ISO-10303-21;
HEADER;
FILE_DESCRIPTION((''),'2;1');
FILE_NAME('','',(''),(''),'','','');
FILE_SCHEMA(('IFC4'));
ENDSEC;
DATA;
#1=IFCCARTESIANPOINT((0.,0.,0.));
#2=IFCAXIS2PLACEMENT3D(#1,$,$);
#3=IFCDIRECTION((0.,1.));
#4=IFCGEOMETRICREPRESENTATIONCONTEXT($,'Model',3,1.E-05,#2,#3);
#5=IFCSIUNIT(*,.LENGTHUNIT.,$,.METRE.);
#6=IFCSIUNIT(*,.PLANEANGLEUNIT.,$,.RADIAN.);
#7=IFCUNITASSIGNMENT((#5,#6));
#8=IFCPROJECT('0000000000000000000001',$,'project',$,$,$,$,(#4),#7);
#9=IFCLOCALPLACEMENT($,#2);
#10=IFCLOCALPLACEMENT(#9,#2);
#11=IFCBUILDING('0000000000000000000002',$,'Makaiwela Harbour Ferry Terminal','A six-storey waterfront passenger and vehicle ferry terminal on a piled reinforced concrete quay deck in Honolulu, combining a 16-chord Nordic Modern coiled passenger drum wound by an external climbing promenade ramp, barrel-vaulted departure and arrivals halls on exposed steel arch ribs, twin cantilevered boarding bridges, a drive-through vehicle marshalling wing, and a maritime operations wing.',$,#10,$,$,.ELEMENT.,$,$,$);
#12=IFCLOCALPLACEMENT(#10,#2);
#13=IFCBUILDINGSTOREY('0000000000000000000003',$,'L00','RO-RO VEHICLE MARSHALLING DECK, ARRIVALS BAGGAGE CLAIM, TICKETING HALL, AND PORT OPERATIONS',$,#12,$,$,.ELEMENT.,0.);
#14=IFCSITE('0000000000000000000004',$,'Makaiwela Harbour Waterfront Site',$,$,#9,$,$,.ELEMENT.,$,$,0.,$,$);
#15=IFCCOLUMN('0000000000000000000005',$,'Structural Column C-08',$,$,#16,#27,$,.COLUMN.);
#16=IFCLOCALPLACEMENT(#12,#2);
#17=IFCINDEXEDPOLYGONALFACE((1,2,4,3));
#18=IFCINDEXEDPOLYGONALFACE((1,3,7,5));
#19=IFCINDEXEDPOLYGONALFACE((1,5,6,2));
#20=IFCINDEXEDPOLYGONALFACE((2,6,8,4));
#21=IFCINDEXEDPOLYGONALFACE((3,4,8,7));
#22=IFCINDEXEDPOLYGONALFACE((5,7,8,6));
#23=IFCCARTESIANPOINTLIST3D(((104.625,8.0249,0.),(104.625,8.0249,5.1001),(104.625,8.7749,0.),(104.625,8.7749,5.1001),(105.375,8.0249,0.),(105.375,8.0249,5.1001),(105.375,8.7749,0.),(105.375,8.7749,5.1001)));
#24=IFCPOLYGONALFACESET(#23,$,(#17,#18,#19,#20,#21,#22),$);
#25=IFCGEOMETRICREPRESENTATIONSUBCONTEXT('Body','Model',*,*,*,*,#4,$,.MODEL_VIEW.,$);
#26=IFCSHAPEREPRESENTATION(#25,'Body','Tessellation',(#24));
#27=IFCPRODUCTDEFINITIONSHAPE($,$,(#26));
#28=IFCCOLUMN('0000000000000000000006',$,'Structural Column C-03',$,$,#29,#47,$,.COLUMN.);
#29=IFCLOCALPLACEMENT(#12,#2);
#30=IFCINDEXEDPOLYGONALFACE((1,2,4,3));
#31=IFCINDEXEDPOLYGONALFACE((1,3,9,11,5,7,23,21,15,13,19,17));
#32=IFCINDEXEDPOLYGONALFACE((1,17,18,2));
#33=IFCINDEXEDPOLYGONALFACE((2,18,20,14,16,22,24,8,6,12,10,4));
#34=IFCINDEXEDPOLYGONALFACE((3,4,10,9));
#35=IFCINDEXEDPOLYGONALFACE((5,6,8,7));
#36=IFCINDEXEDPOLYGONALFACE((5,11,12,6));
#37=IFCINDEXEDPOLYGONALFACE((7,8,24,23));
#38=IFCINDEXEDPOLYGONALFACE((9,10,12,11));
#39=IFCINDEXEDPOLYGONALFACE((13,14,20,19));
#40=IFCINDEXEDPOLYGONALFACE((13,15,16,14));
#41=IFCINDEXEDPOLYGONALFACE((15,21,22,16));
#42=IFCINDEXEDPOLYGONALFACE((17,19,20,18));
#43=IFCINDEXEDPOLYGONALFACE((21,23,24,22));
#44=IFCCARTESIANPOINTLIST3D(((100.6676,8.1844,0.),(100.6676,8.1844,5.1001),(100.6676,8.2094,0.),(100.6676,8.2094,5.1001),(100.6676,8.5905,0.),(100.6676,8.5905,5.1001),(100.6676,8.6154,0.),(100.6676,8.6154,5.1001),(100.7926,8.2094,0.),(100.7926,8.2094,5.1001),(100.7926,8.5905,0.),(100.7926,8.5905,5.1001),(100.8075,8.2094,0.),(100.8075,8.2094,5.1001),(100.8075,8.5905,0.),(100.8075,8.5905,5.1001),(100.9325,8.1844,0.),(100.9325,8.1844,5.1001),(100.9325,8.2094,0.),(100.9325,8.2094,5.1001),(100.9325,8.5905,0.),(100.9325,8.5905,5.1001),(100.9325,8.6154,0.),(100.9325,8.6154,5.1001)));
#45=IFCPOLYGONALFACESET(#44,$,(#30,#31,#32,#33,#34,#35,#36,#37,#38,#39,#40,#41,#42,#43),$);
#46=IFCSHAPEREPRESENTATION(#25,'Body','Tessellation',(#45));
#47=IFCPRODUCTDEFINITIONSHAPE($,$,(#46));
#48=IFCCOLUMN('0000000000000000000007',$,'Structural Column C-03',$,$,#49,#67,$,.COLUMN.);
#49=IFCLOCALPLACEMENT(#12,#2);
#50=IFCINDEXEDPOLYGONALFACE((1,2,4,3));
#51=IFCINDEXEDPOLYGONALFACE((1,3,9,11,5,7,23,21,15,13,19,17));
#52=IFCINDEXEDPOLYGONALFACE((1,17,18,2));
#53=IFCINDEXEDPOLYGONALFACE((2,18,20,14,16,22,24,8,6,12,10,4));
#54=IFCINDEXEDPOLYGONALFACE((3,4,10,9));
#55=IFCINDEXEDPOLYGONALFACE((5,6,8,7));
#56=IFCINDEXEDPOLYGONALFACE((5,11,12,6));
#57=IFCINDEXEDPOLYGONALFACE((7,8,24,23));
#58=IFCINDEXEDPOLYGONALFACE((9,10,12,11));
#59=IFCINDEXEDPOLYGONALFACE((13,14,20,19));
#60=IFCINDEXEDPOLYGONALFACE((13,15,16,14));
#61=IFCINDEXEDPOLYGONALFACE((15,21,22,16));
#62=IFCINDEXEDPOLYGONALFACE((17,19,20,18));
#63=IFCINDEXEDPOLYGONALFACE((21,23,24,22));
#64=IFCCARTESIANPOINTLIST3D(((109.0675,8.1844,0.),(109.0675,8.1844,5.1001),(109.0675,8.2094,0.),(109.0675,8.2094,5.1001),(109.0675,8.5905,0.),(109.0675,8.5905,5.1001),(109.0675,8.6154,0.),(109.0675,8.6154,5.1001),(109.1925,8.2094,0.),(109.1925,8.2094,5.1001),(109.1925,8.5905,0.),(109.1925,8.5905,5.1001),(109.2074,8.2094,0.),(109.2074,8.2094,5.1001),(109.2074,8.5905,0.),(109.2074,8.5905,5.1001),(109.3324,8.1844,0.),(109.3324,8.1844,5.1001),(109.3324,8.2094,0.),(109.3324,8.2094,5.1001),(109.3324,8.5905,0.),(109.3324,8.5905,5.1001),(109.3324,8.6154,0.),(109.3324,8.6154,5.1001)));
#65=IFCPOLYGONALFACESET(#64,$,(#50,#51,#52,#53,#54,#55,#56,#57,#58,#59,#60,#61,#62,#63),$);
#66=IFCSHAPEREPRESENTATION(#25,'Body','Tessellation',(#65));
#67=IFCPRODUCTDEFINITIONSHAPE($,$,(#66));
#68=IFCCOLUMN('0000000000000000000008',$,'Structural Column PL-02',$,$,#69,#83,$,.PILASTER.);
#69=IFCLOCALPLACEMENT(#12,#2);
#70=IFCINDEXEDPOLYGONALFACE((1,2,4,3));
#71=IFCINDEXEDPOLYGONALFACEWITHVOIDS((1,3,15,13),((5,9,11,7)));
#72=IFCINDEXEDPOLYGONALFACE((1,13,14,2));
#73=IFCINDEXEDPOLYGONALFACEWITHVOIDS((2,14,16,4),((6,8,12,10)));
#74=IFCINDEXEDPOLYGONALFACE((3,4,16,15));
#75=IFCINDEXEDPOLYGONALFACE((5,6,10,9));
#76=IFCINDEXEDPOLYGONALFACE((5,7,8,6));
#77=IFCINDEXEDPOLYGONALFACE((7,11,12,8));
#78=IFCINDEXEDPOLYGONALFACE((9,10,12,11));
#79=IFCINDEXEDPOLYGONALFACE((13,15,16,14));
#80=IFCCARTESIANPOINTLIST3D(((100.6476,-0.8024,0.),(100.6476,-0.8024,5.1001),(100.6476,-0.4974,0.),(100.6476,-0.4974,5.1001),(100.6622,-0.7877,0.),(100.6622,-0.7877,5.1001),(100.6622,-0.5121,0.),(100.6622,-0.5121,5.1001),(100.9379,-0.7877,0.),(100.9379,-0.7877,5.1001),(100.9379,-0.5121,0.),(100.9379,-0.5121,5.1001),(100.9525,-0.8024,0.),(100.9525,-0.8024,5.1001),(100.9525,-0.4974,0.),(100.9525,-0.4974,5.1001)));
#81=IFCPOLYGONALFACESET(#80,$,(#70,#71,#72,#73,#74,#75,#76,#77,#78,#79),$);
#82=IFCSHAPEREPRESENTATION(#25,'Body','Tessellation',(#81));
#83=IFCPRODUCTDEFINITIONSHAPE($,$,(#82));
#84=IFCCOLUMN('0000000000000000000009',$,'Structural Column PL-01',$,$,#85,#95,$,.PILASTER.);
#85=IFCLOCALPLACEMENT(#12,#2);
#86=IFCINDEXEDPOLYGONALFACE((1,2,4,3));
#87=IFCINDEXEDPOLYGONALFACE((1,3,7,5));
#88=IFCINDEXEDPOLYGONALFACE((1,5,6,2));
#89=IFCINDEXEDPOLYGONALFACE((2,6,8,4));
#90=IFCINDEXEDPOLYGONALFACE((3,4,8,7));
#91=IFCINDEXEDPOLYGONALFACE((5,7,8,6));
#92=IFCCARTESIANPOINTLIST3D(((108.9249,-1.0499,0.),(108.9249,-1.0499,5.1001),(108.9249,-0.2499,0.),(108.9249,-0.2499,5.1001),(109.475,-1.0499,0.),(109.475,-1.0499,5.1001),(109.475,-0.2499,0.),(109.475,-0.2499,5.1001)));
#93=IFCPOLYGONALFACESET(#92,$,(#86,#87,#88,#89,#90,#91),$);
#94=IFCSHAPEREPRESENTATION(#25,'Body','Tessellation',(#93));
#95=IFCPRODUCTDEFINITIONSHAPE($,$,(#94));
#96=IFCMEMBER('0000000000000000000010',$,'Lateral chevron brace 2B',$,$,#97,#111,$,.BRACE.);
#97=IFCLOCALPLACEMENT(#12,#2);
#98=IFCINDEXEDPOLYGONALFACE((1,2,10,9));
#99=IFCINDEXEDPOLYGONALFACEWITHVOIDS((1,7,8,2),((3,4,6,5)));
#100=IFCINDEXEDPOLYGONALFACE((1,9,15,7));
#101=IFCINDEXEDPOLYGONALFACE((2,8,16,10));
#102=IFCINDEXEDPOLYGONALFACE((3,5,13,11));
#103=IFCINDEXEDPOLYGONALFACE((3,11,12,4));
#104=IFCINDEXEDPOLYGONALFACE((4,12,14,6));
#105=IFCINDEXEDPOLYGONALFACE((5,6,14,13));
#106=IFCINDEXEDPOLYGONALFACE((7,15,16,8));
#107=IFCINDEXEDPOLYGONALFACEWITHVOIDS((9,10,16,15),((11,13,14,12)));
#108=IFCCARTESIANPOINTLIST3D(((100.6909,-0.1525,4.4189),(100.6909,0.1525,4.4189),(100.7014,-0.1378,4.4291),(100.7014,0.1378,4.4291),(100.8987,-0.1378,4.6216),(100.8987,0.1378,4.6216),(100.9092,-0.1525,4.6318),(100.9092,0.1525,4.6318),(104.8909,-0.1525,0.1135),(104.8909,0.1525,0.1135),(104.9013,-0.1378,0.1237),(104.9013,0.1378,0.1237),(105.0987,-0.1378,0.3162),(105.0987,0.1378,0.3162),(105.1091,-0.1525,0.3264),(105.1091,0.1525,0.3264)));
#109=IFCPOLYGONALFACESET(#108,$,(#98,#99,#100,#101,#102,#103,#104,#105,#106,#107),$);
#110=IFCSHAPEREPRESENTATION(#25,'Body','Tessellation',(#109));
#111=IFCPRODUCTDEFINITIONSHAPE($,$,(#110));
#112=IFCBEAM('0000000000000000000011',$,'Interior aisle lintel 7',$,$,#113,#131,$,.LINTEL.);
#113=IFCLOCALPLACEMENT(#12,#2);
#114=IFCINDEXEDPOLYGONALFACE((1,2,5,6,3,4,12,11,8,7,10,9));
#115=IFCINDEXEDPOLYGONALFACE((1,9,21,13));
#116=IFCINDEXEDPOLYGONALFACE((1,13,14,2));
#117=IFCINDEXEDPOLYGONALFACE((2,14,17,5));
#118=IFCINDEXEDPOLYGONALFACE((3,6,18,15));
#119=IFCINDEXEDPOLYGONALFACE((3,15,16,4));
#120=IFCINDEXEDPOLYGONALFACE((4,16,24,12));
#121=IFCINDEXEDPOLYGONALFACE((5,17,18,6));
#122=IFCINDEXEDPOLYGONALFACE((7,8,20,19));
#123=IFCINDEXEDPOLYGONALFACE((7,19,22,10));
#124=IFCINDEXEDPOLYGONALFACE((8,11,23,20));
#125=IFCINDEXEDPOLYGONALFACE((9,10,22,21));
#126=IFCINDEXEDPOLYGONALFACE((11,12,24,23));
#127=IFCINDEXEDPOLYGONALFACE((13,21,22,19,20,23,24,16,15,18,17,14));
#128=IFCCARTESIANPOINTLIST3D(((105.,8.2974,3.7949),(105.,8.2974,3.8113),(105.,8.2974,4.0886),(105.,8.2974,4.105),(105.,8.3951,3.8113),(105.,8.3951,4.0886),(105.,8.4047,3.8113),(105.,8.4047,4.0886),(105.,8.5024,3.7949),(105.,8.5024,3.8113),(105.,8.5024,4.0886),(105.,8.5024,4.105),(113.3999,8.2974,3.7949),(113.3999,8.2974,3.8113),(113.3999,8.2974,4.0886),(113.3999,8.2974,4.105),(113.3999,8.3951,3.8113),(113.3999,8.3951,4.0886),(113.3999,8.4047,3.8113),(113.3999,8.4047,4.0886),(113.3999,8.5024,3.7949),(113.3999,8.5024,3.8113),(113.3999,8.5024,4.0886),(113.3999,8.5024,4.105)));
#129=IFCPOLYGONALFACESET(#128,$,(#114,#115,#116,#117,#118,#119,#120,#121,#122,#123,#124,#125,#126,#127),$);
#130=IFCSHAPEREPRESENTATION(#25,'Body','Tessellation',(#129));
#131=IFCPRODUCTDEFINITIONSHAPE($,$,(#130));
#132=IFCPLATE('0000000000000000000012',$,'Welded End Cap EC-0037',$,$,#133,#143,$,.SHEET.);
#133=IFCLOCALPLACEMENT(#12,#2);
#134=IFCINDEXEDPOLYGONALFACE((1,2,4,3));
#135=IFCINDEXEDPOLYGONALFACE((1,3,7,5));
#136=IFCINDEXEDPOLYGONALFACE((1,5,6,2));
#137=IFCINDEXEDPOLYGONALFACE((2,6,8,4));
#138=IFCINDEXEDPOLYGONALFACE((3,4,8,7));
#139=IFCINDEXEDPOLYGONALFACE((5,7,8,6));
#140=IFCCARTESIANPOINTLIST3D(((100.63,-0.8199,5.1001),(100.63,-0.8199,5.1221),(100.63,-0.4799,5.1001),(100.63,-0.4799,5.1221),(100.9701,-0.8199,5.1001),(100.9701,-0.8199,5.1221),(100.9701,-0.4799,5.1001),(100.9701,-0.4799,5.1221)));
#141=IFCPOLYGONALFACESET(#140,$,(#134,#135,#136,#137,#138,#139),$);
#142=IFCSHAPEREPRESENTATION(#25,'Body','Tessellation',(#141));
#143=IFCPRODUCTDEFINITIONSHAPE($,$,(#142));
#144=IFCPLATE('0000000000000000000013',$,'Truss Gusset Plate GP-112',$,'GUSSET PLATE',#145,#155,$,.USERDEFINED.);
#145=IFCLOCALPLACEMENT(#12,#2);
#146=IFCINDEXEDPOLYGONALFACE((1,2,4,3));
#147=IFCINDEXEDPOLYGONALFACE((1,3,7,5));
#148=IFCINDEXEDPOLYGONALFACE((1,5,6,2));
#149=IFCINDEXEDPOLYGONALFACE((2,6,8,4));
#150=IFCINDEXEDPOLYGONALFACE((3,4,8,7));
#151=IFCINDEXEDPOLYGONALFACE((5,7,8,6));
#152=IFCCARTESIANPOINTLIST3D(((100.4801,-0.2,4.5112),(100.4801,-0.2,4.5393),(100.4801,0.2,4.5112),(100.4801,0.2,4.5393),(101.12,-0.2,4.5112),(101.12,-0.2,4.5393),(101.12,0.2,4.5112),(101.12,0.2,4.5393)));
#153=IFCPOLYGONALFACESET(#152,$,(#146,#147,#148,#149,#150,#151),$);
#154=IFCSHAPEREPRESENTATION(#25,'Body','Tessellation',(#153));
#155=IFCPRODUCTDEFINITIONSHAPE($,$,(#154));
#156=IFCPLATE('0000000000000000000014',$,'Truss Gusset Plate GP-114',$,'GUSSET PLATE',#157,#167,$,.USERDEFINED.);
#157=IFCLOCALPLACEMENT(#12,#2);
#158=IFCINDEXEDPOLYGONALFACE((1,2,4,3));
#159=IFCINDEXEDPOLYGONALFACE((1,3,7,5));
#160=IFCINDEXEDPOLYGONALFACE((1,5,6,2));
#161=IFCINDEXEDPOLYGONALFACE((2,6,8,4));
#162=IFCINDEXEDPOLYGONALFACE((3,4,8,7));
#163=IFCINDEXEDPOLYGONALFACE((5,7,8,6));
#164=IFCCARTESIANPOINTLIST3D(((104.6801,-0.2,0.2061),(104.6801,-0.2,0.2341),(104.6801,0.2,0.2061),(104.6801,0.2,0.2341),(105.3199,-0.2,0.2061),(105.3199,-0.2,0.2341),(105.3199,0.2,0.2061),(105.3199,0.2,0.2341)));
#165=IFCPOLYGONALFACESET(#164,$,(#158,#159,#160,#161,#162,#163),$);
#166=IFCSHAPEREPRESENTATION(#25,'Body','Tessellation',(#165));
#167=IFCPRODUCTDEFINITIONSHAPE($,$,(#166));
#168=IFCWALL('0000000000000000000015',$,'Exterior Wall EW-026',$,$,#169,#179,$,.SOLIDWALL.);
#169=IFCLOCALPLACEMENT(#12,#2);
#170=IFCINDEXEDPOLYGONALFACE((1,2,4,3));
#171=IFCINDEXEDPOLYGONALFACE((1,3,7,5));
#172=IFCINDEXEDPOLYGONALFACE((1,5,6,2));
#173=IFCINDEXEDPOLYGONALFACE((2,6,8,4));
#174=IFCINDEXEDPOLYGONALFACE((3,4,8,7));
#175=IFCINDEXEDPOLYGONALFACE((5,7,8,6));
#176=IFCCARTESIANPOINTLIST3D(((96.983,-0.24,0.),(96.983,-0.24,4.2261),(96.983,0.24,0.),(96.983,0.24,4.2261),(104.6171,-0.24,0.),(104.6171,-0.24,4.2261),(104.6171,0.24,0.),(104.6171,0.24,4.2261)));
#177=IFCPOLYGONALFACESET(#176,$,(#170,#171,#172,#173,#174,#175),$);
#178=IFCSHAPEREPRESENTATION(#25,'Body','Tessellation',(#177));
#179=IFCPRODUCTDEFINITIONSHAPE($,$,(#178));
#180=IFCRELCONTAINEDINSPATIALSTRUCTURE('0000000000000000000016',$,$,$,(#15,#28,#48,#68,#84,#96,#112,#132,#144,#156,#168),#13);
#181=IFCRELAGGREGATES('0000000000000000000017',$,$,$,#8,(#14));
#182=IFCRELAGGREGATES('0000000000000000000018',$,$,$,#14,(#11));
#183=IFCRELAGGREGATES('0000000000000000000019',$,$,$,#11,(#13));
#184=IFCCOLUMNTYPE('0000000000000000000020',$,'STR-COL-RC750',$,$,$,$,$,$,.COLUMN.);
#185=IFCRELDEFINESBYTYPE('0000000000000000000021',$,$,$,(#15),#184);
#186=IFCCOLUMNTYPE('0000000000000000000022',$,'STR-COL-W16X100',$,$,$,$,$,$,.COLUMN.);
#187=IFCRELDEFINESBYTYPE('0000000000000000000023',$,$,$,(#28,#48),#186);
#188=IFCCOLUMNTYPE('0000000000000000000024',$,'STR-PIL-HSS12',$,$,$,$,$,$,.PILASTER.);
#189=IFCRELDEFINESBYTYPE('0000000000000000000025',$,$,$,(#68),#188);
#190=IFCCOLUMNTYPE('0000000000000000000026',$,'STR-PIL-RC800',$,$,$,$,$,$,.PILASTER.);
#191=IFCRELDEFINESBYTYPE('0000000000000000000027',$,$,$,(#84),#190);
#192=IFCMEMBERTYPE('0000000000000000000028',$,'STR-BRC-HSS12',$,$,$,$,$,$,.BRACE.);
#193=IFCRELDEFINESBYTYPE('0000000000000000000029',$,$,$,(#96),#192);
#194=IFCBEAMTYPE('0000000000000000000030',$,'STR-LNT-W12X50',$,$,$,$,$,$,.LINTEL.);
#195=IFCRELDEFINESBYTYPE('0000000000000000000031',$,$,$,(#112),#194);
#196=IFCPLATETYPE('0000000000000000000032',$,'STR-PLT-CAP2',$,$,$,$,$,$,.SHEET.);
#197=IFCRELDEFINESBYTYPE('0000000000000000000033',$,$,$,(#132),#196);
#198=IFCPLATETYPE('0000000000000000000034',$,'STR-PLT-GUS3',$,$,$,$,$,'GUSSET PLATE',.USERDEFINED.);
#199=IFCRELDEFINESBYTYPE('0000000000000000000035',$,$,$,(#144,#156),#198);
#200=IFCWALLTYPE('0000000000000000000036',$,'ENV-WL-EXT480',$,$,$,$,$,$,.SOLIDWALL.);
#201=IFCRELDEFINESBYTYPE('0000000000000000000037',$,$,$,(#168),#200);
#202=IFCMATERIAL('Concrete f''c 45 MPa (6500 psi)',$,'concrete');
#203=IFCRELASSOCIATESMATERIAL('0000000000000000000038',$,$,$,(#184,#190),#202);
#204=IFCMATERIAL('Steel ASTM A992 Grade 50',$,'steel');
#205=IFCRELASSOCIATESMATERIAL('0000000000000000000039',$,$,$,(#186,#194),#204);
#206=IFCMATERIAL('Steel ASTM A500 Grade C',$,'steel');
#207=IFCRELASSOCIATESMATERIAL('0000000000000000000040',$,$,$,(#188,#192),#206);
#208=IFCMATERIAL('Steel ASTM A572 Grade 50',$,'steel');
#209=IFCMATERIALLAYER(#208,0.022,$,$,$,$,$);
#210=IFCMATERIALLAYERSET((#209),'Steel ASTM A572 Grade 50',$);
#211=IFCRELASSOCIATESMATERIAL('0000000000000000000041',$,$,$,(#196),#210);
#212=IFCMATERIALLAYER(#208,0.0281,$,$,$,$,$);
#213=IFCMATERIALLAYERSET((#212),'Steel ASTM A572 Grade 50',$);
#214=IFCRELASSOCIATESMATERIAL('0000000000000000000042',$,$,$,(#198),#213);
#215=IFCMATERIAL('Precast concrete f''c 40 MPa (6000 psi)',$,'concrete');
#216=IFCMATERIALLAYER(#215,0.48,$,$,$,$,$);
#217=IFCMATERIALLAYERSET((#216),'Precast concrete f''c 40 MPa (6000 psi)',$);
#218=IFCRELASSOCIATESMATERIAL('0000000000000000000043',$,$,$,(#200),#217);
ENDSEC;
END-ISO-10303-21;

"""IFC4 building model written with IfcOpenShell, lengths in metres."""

from ifc_helpers import new_model, si_unit, direction, frame, frame_2d, origin, origin_2d, place, context, subcontext, project, spatial, rectangle, hollow_rectangle, i_section, extrude, material, layer, layer_set, material_profile, profile_set, type_object, element, save


model = new_model("IFC4")

# Units and contexts
model_context = context("Model", 3, precision=1e-05, world=origin(), true_north=direction((0.0, 1.0)))
body_context = subcontext(model_context, "Body", "Model", "MODEL_VIEW")
ifc_project = project(units=[si_unit("LENGTHUNIT", "METRE"), si_unit("PLANEANGLEUNIT", "RADIAN")], contexts=[model_context])

# Site, building, storey
site_placement = place(None, origin())
site = spatial("IfcSite", under=ifc_project, at=site_placement, Name="Makaiwela Harbour Waterfront Site", CompositionType="ELEMENT", RefElevation=0.0)
building_placement = place(site_placement, origin())
building = spatial("IfcBuilding", under=site, at=building_placement, Name="Makaiwela Harbour Ferry Terminal", Description="A six-storey waterfront passenger and vehicle ferry terminal on a piled reinforced concrete quay deck in Honolulu, combining a 16-chord Nordic Modern coiled passenger drum wound by an external climbing promenade ramp, barrel-vaulted departure and arrivals halls on exposed steel arch ribs, twin cantilevered boarding bridges, a drive-through vehicle marshalling wing, and a maritime operations wing.", CompositionType="ELEMENT")
storey_placement = place(building_placement, origin())
storey = spatial("IfcBuildingStorey", under=building, at=storey_placement, Name="L00", Description="RO-RO VEHICLE MARSHALLING DECK, ARRIVALS BAGGAGE CLAIM, TICKETING HALL, AND PORT OPERATIONS", CompositionType="ELEMENT", Elevation=0.0)

# Shared definitions
ifc_material_1 = material(Name="Concrete f'c 45 MPa (6500 psi)", Category="concrete")

# Columns
ifc_material_profile_1 = material_profile(ifc_material_1, rectangle(XDim=0.75, YDim=0.75, at=origin_2d()), Name="RC-750X750")
ifc_profile_set_1 = profile_set([ifc_material_profile_1], Name="Concrete f'c 45 MPa (6500 psi)")
column_type_1 = type_object("IfcColumnType", Name="STR-COL-RC750", PredefinedType="COLUMN", material=ifc_profile_set_1)
for number, where, z_axis, x_axis, name in (
    (1, (105.0, 8.3999, 0.0), (0.0, 0.0, 1.0), (1.0, 0.0, 0.0), "Structural Column C-08"),
):
    element("IfcColumn", number, at=place(storey_placement, frame(where, z_axis=z_axis, x_axis=x_axis)), inside=storey, type_object=column_type_1, Name=name, PredefinedType="COLUMN", context=body_context, shape_type="SweptSolid", body=[
        extrude(rectangle(XDim=0.75, YDim=0.75, at=origin_2d()), origin(), (0.0, 0.0, 1.0), 5.1001),
    ])
ifc_material_2 = material(Name="Steel ASTM A992 Grade 50", Category="steel")
ifc_material_profile_2 = material_profile(ifc_material_2, i_section(OverallWidth=0.2649, OverallDepth=0.4309, WebThickness=0.0149, FlangeThickness=0.0249, at=origin_2d()), Name="W16X100")
ifc_profile_set_2 = profile_set([ifc_material_profile_2], Name="Steel ASTM A992 Grade 50")
column_type_2 = type_object("IfcColumnType", Name="STR-COL-W16X100", PredefinedType="COLUMN", material=ifc_profile_set_2)
for number, where, z_axis, x_axis, name in (
    (2, (100.8, 8.3999, 0.0), (0.0, 0.0, 1.0), (1.0, 0.0, 0.0), "Structural Column C-03"),
    (3, (109.2, 8.3999, 0.0), (0.0, 0.0, 1.0), (1.0, 0.0, 0.0), "Structural Column C-03"),
):
    element("IfcColumn", number, at=place(storey_placement, frame(where, z_axis=z_axis, x_axis=x_axis)), inside=storey, type_object=column_type_2, Name=name, PredefinedType="COLUMN", context=body_context, shape_type="SweptSolid", body=[
        extrude(i_section(OverallWidth=0.2649, OverallDepth=0.4309, WebThickness=0.0149, FlangeThickness=0.0249, at=origin_2d()), origin(), (0.0, 0.0, 1.0), 5.1001),
    ])
ifc_material_3 = material(Name="Steel ASTM A500 Grade C", Category="steel")
ifc_material_profile_3 = material_profile(ifc_material_3, hollow_rectangle(XDim=0.3049, YDim=0.3049, WallThickness=0.0146, at=origin_2d()), Name="HSS12X12X5/8")
ifc_profile_set_3 = profile_set([ifc_material_profile_3], Name="Steel ASTM A500 Grade C")
column_type_3 = type_object("IfcColumnType", Name="STR-PIL-HSS12", PredefinedType="PILASTER", material=ifc_profile_set_3)
column_1_placement = place(storey_placement, frame((100.8, -0.6499, 0.0), z_axis=(0.0, 0.0, 1.0), x_axis=(1.0, 0.0, 0.0)))
element("IfcColumn", 4, at=column_1_placement, inside=storey, type_object=column_type_3, Name="Structural Column PL-02", PredefinedType="PILASTER", context=body_context, shape_type="SweptSolid", body=[
    extrude(hollow_rectangle(XDim=0.3049, YDim=0.3049, WallThickness=0.0146, at=origin_2d()), origin(), (0.0, 0.0, 1.0), 5.1001),
])
ifc_material_profile_4 = material_profile(ifc_material_1, rectangle(XDim=0.55, YDim=0.8, at=origin_2d()), Name="RC-800X550")
ifc_profile_set_4 = profile_set([ifc_material_profile_4], Name="Concrete f'c 45 MPa (6500 psi)")
column_type_4 = type_object("IfcColumnType", Name="STR-PIL-RC800", PredefinedType="PILASTER", material=ifc_profile_set_4)
column_2_placement = place(storey_placement, frame((109.2, -0.6499, 0.0), z_axis=(0.0, 0.0, 1.0), x_axis=(1.0, 0.0, 0.0)))
element("IfcColumn", 5, at=column_2_placement, inside=storey, type_object=column_type_4, Name="Structural Column PL-01", PredefinedType="PILASTER", context=body_context, shape_type="SweptSolid", body=[
    extrude(rectangle(XDim=0.55, YDim=0.8, at=origin_2d()), origin(), (0.0, 0.0, 1.0), 5.1001),
])

# Member
ifc_material_profile_5 = material_profile(ifc_material_3, hollow_rectangle(XDim=0.3049, YDim=0.3049, WallThickness=0.0146, at=origin_2d()), Name="HSS12X12X5/8")
ifc_profile_set_5 = profile_set([ifc_material_profile_5], Name="Steel ASTM A500 Grade C")
member_type = type_object("IfcMemberType", Name="STR-BRC-HSS12", PredefinedType="BRACE", material=ifc_profile_set_5)
member_placement = place(storey_placement, frame((105.0, 0.0, 0.22), z_axis=(-0.698285, 0.0, 0.71582), x_axis=(0.0, -1.0, 0.0)))
element("IfcMember", 6, at=member_placement, inside=storey, type_object=member_type, Name="Lateral chevron brace 2B", PredefinedType="BRACE", context=body_context, shape_type="SweptSolid", body=[
    extrude(hollow_rectangle(XDim=0.3049, YDim=0.3049, WallThickness=0.0146, at=origin_2d()), origin(), (0.0, 0.0, 1.0), 6.0146),
])

# Beam
ifc_material_profile_6 = material_profile(ifc_material_2, i_section(OverallWidth=0.2051, OverallDepth=0.3101, WebThickness=0.0095, FlangeThickness=0.0164, at=origin_2d()), Name="W12X50")
ifc_profile_set_6 = profile_set([ifc_material_profile_6], Name="Steel ASTM A992 Grade 50")
beam_type = type_object("IfcBeamType", Name="STR-LNT-W12X50", PredefinedType="LINTEL", material=ifc_profile_set_6)
beam_placement = place(storey_placement, frame((105.0, 8.3999, 3.95), z_axis=(1.0, 0.0, 0.0), x_axis=(0.0, 1.0, 0.0)))
element("IfcBeam", 7, at=beam_placement, inside=storey, type_object=beam_type, Name="Interior aisle lintel 7", PredefinedType="LINTEL", context=body_context, shape_type="SweptSolid", body=[
    extrude(i_section(OverallWidth=0.2051, OverallDepth=0.3101, WebThickness=0.0095, FlangeThickness=0.0164, at=origin_2d()), origin(), (0.0, 0.0, 1.0), 8.3999),
])

# Plates
ifc_material_4 = material(Name="Steel ASTM A572 Grade 50", Category="steel")
ifc_layer_1 = layer(ifc_material_4, 0.022)
ifc_layer_set_1 = layer_set([ifc_layer_1], Name="Steel ASTM A572 Grade 50")
plate_type_1 = type_object("IfcPlateType", Name="STR-PLT-CAP2", PredefinedType="SHEET", material=ifc_layer_set_1)
plate_placement = place(storey_placement, frame((100.8, -0.6499, 5.1001), z_axis=(0.0, 0.0, 1.0), x_axis=(1.0, 0.0, 0.0)))
element("IfcPlate", 8, at=plate_placement, inside=storey, type_object=plate_type_1, Name="Welded End Cap EC-0037", PredefinedType="SHEET", context=body_context, shape_type="SweptSolid", body=[
    extrude(rectangle(XDim=0.3401, YDim=0.3401, at=origin_2d()), origin(), (0.0, 0.0, 1.0), 0.022),
])
ifc_layer_2 = layer(ifc_material_4, 0.0281)
ifc_layer_set_2 = layer_set([ifc_layer_2], Name="Steel ASTM A572 Grade 50")
plate_type_2 = type_object("IfcPlateType", Name="STR-PLT-GUS3", ElementType="GUSSET PLATE", PredefinedType="USERDEFINED", material=ifc_layer_set_2)
for number, where, z_axis, x_axis, name in (
    (9, (100.8, 0.0, 4.5112), (0.0, 0.0, 1.0), (1.0, 0.0, 0.0), "Truss Gusset Plate GP-112"),
    (10, (105.0, 0.0, 0.2061), (0.0, 0.0, 1.0), (1.0, 0.0, 0.0), "Truss Gusset Plate GP-114"),
):
    element("IfcPlate", number, at=place(storey_placement, frame(where, z_axis=z_axis, x_axis=x_axis)), inside=storey, type_object=plate_type_2, Name=name, ObjectType="GUSSET PLATE", PredefinedType="USERDEFINED", context=body_context, shape_type="SweptSolid", body=[
        extrude(rectangle(XDim=0.6399, YDim=0.3999, at=origin_2d()), origin(), (0.0, 0.0, 1.0), 0.0281),
    ])

# Wall
ifc_material_5 = material(Name="Precast concrete f'c 40 MPa (6000 psi)", Category="concrete")
ifc_layer_3 = layer(ifc_material_5, 0.48)
ifc_layer_set_3 = layer_set([ifc_layer_3], Name="Precast concrete f'c 40 MPa (6000 psi)")
wall_type = type_object("IfcWallType", Name="ENV-WL-EXT480", PredefinedType="SOLIDWALL", material=ifc_layer_set_3)
wall_placement = place(storey_placement, frame((104.6169, 0.0, 0.0), z_axis=(0.0, 0.0, 1.0), x_axis=(-1.0, 0.0, 0.0)))
element("IfcWall", 11, at=wall_placement, inside=storey, type_object=wall_type, Name="Exterior Wall EW-026", PredefinedType="SOLIDWALL", context=body_context, shape_type="SweptSolid", body=[
    extrude(rectangle(XDim=7.634, YDim=0.48, at=frame_2d((3.8169, 0.0))), origin(), (0.0, 0.0, 1.0), 4.2261),
])

save(model, "model.ifc")
